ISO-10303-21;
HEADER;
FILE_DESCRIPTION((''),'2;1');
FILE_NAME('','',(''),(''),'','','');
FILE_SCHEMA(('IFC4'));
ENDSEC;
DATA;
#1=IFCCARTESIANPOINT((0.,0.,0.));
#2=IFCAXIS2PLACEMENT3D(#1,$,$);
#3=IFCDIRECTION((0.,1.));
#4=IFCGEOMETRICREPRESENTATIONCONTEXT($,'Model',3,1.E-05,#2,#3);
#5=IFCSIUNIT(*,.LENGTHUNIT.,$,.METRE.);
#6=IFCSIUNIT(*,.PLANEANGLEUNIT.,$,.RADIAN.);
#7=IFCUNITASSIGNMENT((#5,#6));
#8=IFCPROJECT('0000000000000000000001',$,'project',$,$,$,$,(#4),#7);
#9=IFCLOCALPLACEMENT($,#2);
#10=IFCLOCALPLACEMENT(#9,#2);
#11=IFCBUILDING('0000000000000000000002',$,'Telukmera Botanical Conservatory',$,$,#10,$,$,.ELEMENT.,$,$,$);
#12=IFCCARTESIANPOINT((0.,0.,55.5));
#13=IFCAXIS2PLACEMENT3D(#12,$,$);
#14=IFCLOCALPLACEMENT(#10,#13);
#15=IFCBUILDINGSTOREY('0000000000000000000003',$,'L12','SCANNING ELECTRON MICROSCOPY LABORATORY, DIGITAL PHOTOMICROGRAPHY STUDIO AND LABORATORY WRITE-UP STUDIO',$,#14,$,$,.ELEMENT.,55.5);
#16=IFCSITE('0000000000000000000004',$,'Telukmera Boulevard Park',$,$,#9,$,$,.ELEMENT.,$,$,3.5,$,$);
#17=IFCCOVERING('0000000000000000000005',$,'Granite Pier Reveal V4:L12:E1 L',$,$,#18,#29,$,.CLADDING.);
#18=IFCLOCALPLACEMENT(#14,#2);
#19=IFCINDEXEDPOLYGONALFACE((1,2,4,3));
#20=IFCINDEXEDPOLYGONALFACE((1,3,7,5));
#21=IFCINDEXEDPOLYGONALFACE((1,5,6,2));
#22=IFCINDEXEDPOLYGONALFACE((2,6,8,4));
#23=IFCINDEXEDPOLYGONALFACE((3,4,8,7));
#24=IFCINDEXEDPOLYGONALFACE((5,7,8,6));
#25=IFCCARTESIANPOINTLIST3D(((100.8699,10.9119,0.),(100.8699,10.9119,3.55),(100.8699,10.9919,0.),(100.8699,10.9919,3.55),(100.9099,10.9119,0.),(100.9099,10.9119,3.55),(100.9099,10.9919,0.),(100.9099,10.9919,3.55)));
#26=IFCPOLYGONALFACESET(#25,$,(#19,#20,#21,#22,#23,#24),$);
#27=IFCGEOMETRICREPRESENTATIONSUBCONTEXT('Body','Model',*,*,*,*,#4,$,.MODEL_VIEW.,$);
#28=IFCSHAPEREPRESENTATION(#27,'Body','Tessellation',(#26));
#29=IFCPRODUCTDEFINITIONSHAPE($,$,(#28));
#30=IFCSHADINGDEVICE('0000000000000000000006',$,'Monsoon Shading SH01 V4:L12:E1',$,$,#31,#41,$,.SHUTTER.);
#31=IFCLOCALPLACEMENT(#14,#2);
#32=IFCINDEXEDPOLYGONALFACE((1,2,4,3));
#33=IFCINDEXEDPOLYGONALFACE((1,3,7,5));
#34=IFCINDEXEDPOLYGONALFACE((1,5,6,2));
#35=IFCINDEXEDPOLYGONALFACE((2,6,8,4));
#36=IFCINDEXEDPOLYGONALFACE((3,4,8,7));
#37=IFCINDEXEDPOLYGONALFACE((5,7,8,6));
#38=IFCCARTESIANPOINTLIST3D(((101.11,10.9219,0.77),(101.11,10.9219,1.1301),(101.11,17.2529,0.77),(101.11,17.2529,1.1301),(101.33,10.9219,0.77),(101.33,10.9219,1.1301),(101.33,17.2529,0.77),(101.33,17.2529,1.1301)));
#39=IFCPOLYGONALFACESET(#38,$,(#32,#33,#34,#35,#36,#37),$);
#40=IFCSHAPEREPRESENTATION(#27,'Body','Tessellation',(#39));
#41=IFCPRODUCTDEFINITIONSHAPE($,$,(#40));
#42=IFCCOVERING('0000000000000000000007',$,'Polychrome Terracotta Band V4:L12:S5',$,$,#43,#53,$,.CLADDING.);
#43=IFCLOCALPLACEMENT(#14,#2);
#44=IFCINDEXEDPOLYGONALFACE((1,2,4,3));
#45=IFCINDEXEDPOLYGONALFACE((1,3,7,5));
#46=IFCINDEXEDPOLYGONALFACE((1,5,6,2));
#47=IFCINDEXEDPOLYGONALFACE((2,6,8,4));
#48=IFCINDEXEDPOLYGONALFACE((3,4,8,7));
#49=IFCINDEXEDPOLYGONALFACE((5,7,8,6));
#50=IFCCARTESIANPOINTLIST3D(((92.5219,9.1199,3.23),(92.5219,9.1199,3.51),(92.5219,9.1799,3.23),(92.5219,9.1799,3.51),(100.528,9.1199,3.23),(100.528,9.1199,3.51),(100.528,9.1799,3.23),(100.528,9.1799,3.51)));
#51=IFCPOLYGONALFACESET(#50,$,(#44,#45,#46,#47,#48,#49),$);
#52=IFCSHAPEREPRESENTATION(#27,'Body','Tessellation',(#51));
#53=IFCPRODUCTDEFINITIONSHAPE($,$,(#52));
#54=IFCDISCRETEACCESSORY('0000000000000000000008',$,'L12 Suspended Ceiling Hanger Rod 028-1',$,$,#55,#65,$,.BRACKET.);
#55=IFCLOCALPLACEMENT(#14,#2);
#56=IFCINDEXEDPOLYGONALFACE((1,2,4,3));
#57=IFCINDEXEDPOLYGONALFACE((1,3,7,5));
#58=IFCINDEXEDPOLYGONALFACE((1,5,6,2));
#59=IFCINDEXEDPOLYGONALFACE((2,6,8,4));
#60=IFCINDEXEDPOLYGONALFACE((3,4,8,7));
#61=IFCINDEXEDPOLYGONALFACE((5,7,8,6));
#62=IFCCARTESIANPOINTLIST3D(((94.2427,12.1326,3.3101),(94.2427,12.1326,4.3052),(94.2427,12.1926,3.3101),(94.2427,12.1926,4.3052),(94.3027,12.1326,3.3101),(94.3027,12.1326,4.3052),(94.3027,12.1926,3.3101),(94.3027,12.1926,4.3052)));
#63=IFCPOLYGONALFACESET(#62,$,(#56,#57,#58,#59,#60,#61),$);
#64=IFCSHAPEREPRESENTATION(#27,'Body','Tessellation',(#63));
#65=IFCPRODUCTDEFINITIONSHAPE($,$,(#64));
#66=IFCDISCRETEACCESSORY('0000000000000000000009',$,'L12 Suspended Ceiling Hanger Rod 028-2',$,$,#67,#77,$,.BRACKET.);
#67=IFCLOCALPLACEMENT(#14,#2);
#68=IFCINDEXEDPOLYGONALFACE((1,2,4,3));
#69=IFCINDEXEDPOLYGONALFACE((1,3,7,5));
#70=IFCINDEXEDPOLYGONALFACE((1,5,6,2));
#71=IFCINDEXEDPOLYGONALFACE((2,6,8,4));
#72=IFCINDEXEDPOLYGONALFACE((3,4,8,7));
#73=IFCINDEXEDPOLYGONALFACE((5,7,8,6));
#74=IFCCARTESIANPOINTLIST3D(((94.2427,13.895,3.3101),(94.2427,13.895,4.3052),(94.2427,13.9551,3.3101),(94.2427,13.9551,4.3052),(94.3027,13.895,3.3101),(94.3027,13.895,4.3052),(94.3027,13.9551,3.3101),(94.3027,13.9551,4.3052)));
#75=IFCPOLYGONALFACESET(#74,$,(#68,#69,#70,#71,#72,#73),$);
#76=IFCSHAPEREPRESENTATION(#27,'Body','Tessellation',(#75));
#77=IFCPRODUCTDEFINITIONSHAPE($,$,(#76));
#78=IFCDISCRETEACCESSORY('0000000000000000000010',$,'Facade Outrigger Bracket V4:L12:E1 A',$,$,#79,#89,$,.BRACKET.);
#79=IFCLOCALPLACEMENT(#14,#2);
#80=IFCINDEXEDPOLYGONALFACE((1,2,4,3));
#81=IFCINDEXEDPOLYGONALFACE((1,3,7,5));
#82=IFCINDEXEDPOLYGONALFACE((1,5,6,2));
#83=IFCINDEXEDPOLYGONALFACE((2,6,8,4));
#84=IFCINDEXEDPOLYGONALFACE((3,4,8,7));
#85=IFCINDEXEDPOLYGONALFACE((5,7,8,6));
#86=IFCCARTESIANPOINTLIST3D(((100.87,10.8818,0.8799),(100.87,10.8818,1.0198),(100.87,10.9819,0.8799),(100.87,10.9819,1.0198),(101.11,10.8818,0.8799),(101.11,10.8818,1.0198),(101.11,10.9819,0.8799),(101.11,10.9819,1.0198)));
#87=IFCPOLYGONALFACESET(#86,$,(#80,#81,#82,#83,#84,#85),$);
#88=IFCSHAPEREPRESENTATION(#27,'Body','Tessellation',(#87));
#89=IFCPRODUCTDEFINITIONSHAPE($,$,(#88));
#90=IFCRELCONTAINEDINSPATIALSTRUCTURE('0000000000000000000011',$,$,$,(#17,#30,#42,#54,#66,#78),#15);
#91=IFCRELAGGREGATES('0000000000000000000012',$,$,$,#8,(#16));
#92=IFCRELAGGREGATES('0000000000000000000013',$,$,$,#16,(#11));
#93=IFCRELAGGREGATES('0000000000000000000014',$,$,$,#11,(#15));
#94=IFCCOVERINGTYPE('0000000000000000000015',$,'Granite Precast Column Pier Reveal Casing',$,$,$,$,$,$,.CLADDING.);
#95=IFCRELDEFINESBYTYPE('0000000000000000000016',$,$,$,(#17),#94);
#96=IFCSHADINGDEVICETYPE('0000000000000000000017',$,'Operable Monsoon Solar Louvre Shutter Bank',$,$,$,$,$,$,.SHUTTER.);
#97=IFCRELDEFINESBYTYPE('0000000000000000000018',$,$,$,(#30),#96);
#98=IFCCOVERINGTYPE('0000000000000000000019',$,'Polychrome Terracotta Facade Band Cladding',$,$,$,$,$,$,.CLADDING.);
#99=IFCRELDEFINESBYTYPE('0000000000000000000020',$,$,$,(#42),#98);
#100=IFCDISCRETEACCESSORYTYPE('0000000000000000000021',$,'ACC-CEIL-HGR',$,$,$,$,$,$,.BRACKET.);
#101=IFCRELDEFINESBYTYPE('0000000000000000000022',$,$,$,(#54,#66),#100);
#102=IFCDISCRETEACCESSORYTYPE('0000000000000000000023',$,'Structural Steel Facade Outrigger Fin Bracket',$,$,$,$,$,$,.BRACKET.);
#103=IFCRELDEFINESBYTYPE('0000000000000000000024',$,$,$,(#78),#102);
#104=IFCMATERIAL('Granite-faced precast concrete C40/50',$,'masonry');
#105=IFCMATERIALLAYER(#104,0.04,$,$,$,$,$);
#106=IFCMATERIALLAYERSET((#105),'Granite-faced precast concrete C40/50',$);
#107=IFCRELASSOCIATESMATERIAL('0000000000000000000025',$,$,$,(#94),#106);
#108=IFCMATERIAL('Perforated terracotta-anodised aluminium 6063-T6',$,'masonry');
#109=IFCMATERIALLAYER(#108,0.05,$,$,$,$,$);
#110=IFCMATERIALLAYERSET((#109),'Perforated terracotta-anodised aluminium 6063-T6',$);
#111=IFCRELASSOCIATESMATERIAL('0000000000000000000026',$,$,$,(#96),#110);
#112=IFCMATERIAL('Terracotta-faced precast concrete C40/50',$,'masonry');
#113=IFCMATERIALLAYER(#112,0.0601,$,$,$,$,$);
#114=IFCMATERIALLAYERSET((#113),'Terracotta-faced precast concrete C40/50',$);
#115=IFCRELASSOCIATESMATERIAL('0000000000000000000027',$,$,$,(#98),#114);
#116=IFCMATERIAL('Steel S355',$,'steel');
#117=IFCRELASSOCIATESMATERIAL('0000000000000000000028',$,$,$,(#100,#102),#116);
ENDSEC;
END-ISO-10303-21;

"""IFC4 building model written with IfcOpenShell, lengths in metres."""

from ifc_helpers import new_model, si_unit, direction, frame, origin, origin_2d, place, context, subcontext, project, spatial, rectangle, extrude, material, layer, layer_set, type_object, element, save


model = new_model("IFC4")

# Units and contexts
model_context = context("Model", 3, precision=1e-05, world=origin(), true_north=direction((0.0, 1.0)))
body_context = subcontext(model_context, "Body", "Model", "MODEL_VIEW")
ifc_project = project(units=[si_unit("LENGTHUNIT", "METRE"), si_unit("PLANEANGLEUNIT", "RADIAN")], contexts=[model_context])

# Site, building, storey
site_placement = place(None, origin())
site = spatial("IfcSite", under=ifc_project, at=site_placement, Name="Telukmera Boulevard Park", CompositionType="ELEMENT", RefElevation=3.5)
building_placement = place(site_placement, origin())
building = spatial("IfcBuilding", under=site, at=building_placement, Name="Telukmera Botanical Conservatory", CompositionType="ELEMENT")
storey_placement = place(building_placement, frame((0.0, 0.0, 55.5)))
storey = spatial("IfcBuildingStorey", under=building, at=storey_placement, Name="L12", Description="SCANNING ELECTRON MICROSCOPY LABORATORY, DIGITAL PHOTOMICROGRAPHY STUDIO AND LABORATORY WRITE-UP STUDIO", CompositionType="ELEMENT", Elevation=55.5)

# Shared definitions
ifc_material_1 = material(Name="Terracotta-faced precast concrete C40/50", Category="masonry")

# Covering
ifc_material_2 = material(Name="Granite-faced precast concrete C40/50", Category="masonry")
ifc_layer_1 = layer(ifc_material_2, 0.04)
ifc_layer_set_1 = layer_set([ifc_layer_1], Name="Granite-faced precast concrete C40/50")
covering_type_1 = type_object("IfcCoveringType", Name="Granite Precast Column Pier Reveal Casing", PredefinedType="CLADDING", material=ifc_layer_set_1)
for number, where, z_axis, x_axis, name in (
    (1, (100.8899, 10.9519, 0.0), (0.0, 0.0, 1.0), (0.0, 1.0, 0.0), "Granite Pier Reveal V4:L12:E1 L"),
):
    element("IfcCovering", number, at=place(storey_placement, frame(where, z_axis=z_axis, x_axis=x_axis)), inside=storey, type_object=covering_type_1, Name=name, PredefinedType="CLADDING", context=body_context, shape_type="SweptSolid", body=[
        extrude(rectangle(XDim=0.0801, YDim=0.04, at=origin_2d()), origin(), (0.0, 0.0, 1.0), 3.55),
    ])

# Shading device
ifc_material_3 = material(Name="Perforated terracotta-anodised aluminium 6063-T6", Category="masonry")
ifc_layer_2 = layer(ifc_material_3, 0.05)
ifc_layer_set_2 = layer_set([ifc_layer_2], Name="Perforated terracotta-anodised aluminium 6063-T6")
shading_device_type = type_object("IfcShadingDeviceType", Name="Operable Monsoon Solar Louvre Shutter Bank", PredefinedType="SHUTTER", material=ifc_layer_set_2)
shading_device_placement = place(storey_placement, frame((101.22, 14.0874, 0.77), z_axis=(0.0, 0.0, 1.0), x_axis=(0.0, 1.0, 0.0)))
element("IfcShadingDevice", 2, at=shading_device_placement, inside=storey, type_object=shading_device_type, Name="Monsoon Shading SH01 V4:L12:E1", PredefinedType="SHUTTER", context=body_context, shape_type="SweptSolid", body=[
    extrude(rectangle(XDim=6.3311, YDim=0.22, at=origin_2d()), origin(), (0.0, 0.0, 1.0), 0.3601),
])

# Covering
ifc_layer_3 = layer(ifc_material_1, 0.0601)
ifc_layer_set_3 = layer_set([ifc_layer_3], Name="Terracotta-faced precast concrete C40/50")
covering_type_2 = type_object("IfcCoveringType", Name="Polychrome Terracotta Facade Band Cladding", PredefinedType="CLADDING", material=ifc_layer_set_3)
covering_placement = place(storey_placement, frame((96.5249, 9.1499, 3.23), z_axis=(0.0, 0.0, 1.0), x_axis=(1.0, 0.0, 0.0)))
element("IfcCovering", 3, at=covering_placement, inside=storey, type_object=covering_type_2, Name="Polychrome Terracotta Band V4:L12:S5", PredefinedType="CLADDING", context=body_context, shape_type="SweptSolid", body=[
    extrude(rectangle(XDim=8.0061, YDim=0.0601, at=origin_2d()), origin(), (0.0, 0.0, 1.0), 0.28),
])

# Discrete accessories
ifc_material_4 = material(Name="Steel S355", Category="steel")
discrete_accessory_type_1 = type_object("IfcDiscreteAccessoryType", Name="ACC-CEIL-HGR", PredefinedType="BRACKET", material=ifc_material_4)
for number, where, z_axis, x_axis, name in (
    (4, (94.2727, 12.1626, 3.3101), (0.0, 0.0, 1.0), (1.0, 0.0, 0.0), "L12 Suspended Ceiling Hanger Rod 028-1"),
    (5, (94.2727, 13.925, 3.3101), (0.0, 0.0, 1.0), (1.0, 0.0, 0.0), "L12 Suspended Ceiling Hanger Rod 028-2"),
):
    element("IfcDiscreteAccessory", number, at=place(storey_placement, frame(where, z_axis=z_axis, x_axis=x_axis)), inside=storey, type_object=discrete_accessory_type_1, Name=name, PredefinedType="BRACKET", context=body_context, shape_type="SweptSolid", body=[
        extrude(rectangle(XDim=0.0601, YDim=0.0601, at=origin_2d()), origin(), (0.0, 0.0, 1.0), 0.9951),
    ])
discrete_accessory_type_2 = type_object("IfcDiscreteAccessoryType", Name="Structural Steel Facade Outrigger Fin Bracket", PredefinedType="BRACKET", material=ifc_material_4)
discrete_accessory_placement = place(storey_placement, frame((100.99, 10.9319, 0.8799), z_axis=(0.0, 0.0, 1.0), x_axis=(0.0, 1.0, 0.0)))
element("IfcDiscreteAccessory", 6, at=discrete_accessory_placement, inside=storey, type_object=discrete_accessory_type_2, Name="Facade Outrigger Bracket V4:L12:E1 A", PredefinedType="BRACKET", context=body_context, shape_type="SweptSolid", body=[
    extrude(rectangle(XDim=0.1001, YDim=0.24, at=origin_2d()), origin(), (0.0, 0.0, 1.0), 0.1399),
])

save(model, "model.ifc")
